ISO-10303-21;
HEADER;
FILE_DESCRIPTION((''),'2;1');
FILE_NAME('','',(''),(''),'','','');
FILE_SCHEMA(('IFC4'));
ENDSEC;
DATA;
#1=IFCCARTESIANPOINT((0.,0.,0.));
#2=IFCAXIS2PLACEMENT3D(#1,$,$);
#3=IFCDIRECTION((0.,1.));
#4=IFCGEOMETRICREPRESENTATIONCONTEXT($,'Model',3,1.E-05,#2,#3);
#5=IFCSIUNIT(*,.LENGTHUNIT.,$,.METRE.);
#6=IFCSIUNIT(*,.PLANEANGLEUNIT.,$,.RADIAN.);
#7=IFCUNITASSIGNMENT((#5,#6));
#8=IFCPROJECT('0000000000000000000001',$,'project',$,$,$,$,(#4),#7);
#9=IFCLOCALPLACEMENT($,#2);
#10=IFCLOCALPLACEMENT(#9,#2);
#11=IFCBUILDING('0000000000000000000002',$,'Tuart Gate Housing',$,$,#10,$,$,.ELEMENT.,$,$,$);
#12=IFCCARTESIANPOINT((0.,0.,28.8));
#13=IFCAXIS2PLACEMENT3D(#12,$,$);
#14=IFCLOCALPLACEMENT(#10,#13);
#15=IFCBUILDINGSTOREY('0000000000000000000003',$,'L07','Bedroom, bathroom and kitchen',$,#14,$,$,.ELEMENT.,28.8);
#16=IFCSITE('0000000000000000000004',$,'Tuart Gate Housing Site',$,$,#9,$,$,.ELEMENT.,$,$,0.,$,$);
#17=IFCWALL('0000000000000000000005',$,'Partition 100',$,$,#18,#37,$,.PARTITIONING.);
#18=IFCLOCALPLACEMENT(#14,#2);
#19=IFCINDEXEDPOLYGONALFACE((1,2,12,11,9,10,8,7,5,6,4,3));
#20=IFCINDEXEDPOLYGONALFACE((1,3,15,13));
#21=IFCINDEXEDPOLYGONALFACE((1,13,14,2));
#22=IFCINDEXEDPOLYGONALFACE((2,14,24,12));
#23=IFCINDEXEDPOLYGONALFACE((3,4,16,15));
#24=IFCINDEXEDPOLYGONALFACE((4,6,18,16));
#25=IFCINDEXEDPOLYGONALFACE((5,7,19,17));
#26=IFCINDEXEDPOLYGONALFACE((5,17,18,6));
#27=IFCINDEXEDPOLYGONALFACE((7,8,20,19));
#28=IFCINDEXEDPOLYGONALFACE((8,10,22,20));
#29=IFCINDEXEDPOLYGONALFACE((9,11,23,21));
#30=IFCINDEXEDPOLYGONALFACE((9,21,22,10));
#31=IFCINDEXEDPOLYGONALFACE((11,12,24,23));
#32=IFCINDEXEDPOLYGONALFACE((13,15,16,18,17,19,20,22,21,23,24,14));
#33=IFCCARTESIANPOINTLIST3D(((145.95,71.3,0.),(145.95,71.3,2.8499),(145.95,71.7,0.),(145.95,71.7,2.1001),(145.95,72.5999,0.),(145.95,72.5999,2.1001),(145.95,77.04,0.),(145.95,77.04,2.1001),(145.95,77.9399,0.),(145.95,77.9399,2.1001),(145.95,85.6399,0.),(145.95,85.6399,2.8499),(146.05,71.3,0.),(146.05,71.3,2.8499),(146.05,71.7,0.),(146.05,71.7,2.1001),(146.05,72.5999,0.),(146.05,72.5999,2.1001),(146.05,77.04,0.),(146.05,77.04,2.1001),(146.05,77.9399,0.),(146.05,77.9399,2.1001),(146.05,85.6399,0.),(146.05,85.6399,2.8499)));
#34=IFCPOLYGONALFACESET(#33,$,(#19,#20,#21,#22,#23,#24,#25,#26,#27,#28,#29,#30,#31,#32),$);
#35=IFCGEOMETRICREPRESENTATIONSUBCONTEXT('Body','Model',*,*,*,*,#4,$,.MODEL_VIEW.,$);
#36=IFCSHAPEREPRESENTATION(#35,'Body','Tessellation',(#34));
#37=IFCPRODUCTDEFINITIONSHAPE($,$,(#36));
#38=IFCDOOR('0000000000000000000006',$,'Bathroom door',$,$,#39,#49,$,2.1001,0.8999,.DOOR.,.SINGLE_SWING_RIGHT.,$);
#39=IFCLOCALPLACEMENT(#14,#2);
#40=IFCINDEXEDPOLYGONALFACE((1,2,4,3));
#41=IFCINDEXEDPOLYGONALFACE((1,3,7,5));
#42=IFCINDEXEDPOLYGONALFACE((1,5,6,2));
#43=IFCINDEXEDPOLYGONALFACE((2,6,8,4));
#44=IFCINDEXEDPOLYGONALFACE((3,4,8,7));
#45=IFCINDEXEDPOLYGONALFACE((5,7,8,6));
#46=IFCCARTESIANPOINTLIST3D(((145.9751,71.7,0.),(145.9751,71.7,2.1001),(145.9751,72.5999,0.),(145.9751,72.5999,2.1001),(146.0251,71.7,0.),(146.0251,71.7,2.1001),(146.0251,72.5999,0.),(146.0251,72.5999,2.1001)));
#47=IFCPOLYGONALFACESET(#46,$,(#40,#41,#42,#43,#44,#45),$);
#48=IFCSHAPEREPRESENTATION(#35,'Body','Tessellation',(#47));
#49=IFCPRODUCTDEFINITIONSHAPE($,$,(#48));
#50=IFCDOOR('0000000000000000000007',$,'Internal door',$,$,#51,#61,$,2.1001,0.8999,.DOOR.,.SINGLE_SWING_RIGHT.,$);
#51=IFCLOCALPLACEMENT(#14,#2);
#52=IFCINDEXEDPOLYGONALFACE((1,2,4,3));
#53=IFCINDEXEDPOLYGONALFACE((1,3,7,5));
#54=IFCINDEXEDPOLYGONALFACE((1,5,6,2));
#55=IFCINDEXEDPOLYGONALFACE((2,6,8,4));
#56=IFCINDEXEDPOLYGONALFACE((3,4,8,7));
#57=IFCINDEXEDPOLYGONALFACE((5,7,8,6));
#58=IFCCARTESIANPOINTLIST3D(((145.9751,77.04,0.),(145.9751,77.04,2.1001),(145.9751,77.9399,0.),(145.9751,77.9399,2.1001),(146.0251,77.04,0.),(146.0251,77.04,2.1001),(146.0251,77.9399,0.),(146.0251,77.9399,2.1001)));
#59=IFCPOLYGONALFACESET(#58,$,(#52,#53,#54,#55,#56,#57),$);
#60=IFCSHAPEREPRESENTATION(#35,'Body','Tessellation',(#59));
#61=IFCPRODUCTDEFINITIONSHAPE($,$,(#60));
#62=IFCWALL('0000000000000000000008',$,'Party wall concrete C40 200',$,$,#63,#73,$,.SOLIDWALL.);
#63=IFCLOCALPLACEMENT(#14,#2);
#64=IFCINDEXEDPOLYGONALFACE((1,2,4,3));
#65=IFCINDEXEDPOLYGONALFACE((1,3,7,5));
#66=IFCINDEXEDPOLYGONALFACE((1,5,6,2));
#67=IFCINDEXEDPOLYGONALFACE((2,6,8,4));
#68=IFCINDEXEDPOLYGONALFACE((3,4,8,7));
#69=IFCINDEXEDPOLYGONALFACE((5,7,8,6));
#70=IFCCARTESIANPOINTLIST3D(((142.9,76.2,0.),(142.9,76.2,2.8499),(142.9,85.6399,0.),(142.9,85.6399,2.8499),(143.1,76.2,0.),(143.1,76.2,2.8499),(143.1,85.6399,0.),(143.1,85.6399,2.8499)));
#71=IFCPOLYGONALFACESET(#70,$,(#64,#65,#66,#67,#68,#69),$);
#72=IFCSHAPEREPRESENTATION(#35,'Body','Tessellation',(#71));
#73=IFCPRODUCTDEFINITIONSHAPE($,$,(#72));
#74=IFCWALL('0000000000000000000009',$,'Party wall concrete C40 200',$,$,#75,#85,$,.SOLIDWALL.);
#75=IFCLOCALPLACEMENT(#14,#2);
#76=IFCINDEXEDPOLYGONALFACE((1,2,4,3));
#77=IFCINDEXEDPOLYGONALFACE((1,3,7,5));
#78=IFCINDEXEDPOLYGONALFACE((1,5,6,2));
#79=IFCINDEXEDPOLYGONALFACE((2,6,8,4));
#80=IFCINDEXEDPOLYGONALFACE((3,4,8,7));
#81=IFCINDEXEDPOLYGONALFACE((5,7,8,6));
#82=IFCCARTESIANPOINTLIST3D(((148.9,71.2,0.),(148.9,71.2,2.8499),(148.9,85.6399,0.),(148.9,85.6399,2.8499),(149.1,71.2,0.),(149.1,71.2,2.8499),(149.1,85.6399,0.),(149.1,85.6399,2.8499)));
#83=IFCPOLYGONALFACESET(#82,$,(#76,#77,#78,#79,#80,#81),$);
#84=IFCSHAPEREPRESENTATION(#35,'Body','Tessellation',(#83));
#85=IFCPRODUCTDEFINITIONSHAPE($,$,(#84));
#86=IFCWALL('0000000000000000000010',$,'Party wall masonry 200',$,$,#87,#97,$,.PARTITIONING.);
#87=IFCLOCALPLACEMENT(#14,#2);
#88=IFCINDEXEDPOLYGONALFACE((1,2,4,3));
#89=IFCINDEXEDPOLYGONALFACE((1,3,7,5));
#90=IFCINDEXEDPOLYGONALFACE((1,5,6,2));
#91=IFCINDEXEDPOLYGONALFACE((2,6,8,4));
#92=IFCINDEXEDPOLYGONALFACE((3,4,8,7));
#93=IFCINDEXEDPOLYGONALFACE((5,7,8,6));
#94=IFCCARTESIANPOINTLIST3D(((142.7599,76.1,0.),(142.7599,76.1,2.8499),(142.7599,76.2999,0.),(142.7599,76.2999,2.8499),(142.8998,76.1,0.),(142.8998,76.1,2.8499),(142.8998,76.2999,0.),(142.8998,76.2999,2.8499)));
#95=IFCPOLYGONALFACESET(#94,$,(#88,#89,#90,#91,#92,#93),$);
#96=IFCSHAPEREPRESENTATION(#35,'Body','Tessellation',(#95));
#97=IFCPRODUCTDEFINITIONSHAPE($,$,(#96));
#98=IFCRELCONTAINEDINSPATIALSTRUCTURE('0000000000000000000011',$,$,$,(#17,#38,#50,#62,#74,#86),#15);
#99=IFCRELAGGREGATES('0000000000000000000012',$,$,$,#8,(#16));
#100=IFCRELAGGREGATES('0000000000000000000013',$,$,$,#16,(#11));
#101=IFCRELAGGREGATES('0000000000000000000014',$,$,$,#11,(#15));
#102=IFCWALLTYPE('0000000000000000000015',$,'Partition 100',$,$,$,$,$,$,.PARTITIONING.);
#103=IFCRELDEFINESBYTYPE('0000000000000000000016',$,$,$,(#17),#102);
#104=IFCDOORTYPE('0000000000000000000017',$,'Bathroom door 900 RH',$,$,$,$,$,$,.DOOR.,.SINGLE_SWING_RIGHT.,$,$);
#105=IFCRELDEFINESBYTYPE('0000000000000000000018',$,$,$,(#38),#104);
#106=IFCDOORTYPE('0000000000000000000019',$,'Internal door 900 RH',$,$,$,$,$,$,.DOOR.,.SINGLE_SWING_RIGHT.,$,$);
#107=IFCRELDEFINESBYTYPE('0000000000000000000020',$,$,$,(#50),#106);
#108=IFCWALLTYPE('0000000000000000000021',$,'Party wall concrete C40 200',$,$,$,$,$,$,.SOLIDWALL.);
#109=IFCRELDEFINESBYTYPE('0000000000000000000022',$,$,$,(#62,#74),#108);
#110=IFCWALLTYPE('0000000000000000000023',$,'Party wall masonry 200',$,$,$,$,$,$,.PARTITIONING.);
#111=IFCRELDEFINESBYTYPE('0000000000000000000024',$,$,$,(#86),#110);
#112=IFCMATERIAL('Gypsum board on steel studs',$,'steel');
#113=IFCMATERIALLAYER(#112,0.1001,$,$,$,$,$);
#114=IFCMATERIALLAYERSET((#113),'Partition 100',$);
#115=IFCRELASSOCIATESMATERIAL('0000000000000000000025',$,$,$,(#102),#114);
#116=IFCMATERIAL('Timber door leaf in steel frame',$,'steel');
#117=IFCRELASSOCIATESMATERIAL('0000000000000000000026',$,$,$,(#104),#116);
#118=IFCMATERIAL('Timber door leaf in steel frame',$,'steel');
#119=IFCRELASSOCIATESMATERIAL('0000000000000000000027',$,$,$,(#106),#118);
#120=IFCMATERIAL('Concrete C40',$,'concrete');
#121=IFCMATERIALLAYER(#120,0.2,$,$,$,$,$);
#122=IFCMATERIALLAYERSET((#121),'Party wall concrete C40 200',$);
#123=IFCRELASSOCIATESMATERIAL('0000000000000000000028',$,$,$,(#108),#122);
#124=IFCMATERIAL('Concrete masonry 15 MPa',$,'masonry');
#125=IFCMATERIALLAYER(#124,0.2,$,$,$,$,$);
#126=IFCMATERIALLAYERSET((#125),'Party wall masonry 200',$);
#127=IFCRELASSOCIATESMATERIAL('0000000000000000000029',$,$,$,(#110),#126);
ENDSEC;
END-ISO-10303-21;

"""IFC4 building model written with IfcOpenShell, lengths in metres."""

from ifc_helpers import new_model, si_unit, direction, frame, frame_2d, origin, place, context, subcontext, project, spatial, rectangle, extrude, material, layer, layer_set, type_object, element, fill, save


model = new_model("IFC4")

# Units and contexts
model_context = context("Model", 3, precision=1e-05, world=origin(), true_north=direction((0.0, 1.0)))
body_context = subcontext(model_context, "Body", "Model", "MODEL_VIEW")
ifc_project = project(units=[si_unit("LENGTHUNIT", "METRE"), si_unit("PLANEANGLEUNIT", "RADIAN")], contexts=[model_context])

# Site, building, storey
site_placement = place(None, origin())
site = spatial("IfcSite", under=ifc_project, at=site_placement, Name="Tuart Gate Housing Site", CompositionType="ELEMENT", RefElevation=0.0)
building_placement = place(site_placement, origin())
building = spatial("IfcBuilding", under=site, at=building_placement, Name="Tuart Gate Housing", CompositionType="ELEMENT")
storey_placement = place(building_placement, frame((0.0, 0.0, 28.8)))
storey = spatial("IfcBuildingStorey", under=building, at=storey_placement, Name="L07", Description="Bedroom, bathroom and kitchen", CompositionType="ELEMENT", Elevation=28.8)

# Shared definitions
ifc_material_1 = material(Name="Gypsum board on steel studs", Category="steel")
ifc_layer_1 = layer(ifc_material_1, 0.1001)
ifc_layer_set_1 = layer_set([ifc_layer_1], Name="Partition 100")
wall_type_1 = type_object("IfcWallType", Name="Partition 100", PredefinedType="PARTITIONING", material=ifc_layer_set_1)

# Wall, openings, doors
wall_1_placement = place(storey_placement, frame((146.0, 71.3, 0.0), z_axis=(0.0, 0.0, 1.0), x_axis=(0.0, 1.0, 0.0)))
wall_1 = element("IfcWall", 1, at=wall_1_placement, inside=storey, type_object=wall_type_1, Name="Partition 100", PredefinedType="PARTITIONING", context=body_context, shape_type="SweptSolid", body=[
    extrude(rectangle(XDim=14.3398, YDim=0.1001, at=frame_2d((7.1699, 0.0))), origin(), (0.0, 0.0, 1.0), 2.8499),
])
opening_1_placement = place(wall_1_placement, frame((5.74, 0.0, 0.0)))
opening_1 = element("IfcOpeningElement", 2, at=opening_1_placement, cuts=wall_1, PredefinedType="OPENING", context=body_context, shape_type="SweptSolid", body=[
    extrude(rectangle(XDim=0.8999, YDim=2.1001, at=frame_2d((0.45, 1.05))), frame((0.0, 0.0601, 0.0), z_axis=(0.0, -1.0, 0.0), x_axis=(1.0, 0.0, 0.0)), (0.0, 0.0, 1.0), 0.1201),
])
opening_2_placement = place(wall_1_placement, frame((0.3999, 0.0, 0.0)))
opening_2 = element("IfcOpeningElement", 3, at=opening_2_placement, cuts=wall_1, PredefinedType="OPENING", context=body_context, shape_type="SweptSolid", body=[
    extrude(rectangle(XDim=0.8999, YDim=2.1001, at=frame_2d((0.45, 1.05))), frame((0.0, 0.0601, 0.0), z_axis=(0.0, -1.0, 0.0), x_axis=(1.0, 0.0, 0.0)), (0.0, 0.0, 1.0), 0.1201),
])
ifc_material_2 = material(Name="Timber door leaf in steel frame", Category="steel")
door_type_1 = type_object("IfcDoorType", Name="Bathroom door 900 RH", OperationType="SINGLE_SWING_RIGHT", PredefinedType="DOOR", material=ifc_material_2)
door_1_placement = place(opening_2_placement, frame((0.8999, 0.0, 0.0), z_axis=(0.0, 0.0, 1.0), x_axis=(-1.0, 0.0, 0.0)))
door_1 = element("IfcDoor", 4, at=door_1_placement, inside=storey, type_object=door_type_1, Name="Bathroom door", OperationType="SINGLE_SWING_RIGHT", OverallHeight=2.1001, OverallWidth=0.8999, PredefinedType="DOOR", context=body_context, shape_type="SweptSolid", body=[
    extrude(rectangle(XDim=0.8999, YDim=2.1001, at=frame_2d((0.45, 1.05))), frame((0.0, 0.0251, 0.0), z_axis=(0.0, -1.0, 0.0), x_axis=(1.0, 0.0, 0.0)), (0.0, 0.0, 1.0), 0.05),
])
fill(opening_2, door_1)
ifc_material_3 = material(Name="Timber door leaf in steel frame", Category="steel")
door_type_2 = type_object("IfcDoorType", Name="Internal door 900 RH", OperationType="SINGLE_SWING_RIGHT", PredefinedType="DOOR", material=ifc_material_3)
door_2_placement = place(opening_1_placement, frame((0.8999, 0.0, 0.0), z_axis=(0.0, 0.0, 1.0), x_axis=(-1.0, 0.0, 0.0)))
door_2 = element("IfcDoor", 5, at=door_2_placement, inside=storey, type_object=door_type_2, Name="Internal door", OperationType="SINGLE_SWING_RIGHT", OverallHeight=2.1001, OverallWidth=0.8999, PredefinedType="DOOR", context=body_context, shape_type="SweptSolid", body=[
    extrude(rectangle(XDim=0.8999, YDim=2.1001, at=frame_2d((0.45, 1.05))), frame((0.0, 0.0251, 0.0), z_axis=(0.0, -1.0, 0.0), x_axis=(1.0, 0.0, 0.0)), (0.0, 0.0, 1.0), 0.05),
])
fill(opening_1, door_2)

# Walls
ifc_material_4 = material(Name="Concrete C40", Category="concrete")
ifc_layer_2 = layer(ifc_material_4, 0.2)
ifc_layer_set_2 = layer_set([ifc_layer_2], Name="Party wall concrete C40 200")
wall_type_2 = type_object("IfcWallType", Name="Party wall concrete C40 200", PredefinedType="SOLIDWALL", material=ifc_layer_set_2)
wall_2_placement = place(storey_placement, frame((143.0, 76.2, 0.0), z_axis=(0.0, 0.0, 1.0), x_axis=(0.0, 1.0, 0.0)))
element("IfcWall", 6, at=wall_2_placement, inside=storey, type_object=wall_type_2, Name="Party wall concrete C40 200", PredefinedType="SOLIDWALL", context=body_context, shape_type="SweptSolid", body=[
    extrude(rectangle(XDim=9.4399, YDim=0.2, at=frame_2d((4.72, 0.0))), origin(), (0.0, 0.0, 1.0), 2.8499),
])
wall_3_placement = place(storey_placement, frame((149.0, 71.2, 0.0), z_axis=(0.0, 0.0, 1.0), x_axis=(0.0, 1.0, 0.0)))
element("IfcWall", 7, at=wall_3_placement, inside=storey, type_object=wall_type_2, Name="Party wall concrete C40 200", PredefinedType="SOLIDWALL", context=body_context, shape_type="SweptSolid", body=[
    extrude(rectangle(XDim=14.4399, YDim=0.2, at=frame_2d((7.22, 0.0))), origin(), (0.0, 0.0, 1.0), 2.8499),
])
ifc_material_5 = material(Name="Concrete masonry 15 MPa", Category="masonry")
ifc_layer_3 = layer(ifc_material_5, 0.2)
ifc_layer_set_3 = layer_set([ifc_layer_3], Name="Party wall masonry 200")
wall_type_3 = type_object("IfcWallType", Name="Party wall masonry 200", PredefinedType="PARTITIONING", material=ifc_layer_set_3)
wall_4_placement = place(storey_placement, frame((142.76, 76.2, 0.0), z_axis=(0.0, 0.0, 1.0), x_axis=(1.0, 0.0, 0.0)))
element("IfcWall", 8, at=wall_4_placement, inside=storey, type_object=wall_type_3, Name="Party wall masonry 200", PredefinedType="PARTITIONING", context=body_context, shape_type="SweptSolid", body=[
    extrude(rectangle(XDim=0.1399, YDim=0.2, at=frame_2d((0.0698, 0.0))), origin(), (0.0, 0.0, 1.0), 2.8499),
])

save(model, "model.ifc")
